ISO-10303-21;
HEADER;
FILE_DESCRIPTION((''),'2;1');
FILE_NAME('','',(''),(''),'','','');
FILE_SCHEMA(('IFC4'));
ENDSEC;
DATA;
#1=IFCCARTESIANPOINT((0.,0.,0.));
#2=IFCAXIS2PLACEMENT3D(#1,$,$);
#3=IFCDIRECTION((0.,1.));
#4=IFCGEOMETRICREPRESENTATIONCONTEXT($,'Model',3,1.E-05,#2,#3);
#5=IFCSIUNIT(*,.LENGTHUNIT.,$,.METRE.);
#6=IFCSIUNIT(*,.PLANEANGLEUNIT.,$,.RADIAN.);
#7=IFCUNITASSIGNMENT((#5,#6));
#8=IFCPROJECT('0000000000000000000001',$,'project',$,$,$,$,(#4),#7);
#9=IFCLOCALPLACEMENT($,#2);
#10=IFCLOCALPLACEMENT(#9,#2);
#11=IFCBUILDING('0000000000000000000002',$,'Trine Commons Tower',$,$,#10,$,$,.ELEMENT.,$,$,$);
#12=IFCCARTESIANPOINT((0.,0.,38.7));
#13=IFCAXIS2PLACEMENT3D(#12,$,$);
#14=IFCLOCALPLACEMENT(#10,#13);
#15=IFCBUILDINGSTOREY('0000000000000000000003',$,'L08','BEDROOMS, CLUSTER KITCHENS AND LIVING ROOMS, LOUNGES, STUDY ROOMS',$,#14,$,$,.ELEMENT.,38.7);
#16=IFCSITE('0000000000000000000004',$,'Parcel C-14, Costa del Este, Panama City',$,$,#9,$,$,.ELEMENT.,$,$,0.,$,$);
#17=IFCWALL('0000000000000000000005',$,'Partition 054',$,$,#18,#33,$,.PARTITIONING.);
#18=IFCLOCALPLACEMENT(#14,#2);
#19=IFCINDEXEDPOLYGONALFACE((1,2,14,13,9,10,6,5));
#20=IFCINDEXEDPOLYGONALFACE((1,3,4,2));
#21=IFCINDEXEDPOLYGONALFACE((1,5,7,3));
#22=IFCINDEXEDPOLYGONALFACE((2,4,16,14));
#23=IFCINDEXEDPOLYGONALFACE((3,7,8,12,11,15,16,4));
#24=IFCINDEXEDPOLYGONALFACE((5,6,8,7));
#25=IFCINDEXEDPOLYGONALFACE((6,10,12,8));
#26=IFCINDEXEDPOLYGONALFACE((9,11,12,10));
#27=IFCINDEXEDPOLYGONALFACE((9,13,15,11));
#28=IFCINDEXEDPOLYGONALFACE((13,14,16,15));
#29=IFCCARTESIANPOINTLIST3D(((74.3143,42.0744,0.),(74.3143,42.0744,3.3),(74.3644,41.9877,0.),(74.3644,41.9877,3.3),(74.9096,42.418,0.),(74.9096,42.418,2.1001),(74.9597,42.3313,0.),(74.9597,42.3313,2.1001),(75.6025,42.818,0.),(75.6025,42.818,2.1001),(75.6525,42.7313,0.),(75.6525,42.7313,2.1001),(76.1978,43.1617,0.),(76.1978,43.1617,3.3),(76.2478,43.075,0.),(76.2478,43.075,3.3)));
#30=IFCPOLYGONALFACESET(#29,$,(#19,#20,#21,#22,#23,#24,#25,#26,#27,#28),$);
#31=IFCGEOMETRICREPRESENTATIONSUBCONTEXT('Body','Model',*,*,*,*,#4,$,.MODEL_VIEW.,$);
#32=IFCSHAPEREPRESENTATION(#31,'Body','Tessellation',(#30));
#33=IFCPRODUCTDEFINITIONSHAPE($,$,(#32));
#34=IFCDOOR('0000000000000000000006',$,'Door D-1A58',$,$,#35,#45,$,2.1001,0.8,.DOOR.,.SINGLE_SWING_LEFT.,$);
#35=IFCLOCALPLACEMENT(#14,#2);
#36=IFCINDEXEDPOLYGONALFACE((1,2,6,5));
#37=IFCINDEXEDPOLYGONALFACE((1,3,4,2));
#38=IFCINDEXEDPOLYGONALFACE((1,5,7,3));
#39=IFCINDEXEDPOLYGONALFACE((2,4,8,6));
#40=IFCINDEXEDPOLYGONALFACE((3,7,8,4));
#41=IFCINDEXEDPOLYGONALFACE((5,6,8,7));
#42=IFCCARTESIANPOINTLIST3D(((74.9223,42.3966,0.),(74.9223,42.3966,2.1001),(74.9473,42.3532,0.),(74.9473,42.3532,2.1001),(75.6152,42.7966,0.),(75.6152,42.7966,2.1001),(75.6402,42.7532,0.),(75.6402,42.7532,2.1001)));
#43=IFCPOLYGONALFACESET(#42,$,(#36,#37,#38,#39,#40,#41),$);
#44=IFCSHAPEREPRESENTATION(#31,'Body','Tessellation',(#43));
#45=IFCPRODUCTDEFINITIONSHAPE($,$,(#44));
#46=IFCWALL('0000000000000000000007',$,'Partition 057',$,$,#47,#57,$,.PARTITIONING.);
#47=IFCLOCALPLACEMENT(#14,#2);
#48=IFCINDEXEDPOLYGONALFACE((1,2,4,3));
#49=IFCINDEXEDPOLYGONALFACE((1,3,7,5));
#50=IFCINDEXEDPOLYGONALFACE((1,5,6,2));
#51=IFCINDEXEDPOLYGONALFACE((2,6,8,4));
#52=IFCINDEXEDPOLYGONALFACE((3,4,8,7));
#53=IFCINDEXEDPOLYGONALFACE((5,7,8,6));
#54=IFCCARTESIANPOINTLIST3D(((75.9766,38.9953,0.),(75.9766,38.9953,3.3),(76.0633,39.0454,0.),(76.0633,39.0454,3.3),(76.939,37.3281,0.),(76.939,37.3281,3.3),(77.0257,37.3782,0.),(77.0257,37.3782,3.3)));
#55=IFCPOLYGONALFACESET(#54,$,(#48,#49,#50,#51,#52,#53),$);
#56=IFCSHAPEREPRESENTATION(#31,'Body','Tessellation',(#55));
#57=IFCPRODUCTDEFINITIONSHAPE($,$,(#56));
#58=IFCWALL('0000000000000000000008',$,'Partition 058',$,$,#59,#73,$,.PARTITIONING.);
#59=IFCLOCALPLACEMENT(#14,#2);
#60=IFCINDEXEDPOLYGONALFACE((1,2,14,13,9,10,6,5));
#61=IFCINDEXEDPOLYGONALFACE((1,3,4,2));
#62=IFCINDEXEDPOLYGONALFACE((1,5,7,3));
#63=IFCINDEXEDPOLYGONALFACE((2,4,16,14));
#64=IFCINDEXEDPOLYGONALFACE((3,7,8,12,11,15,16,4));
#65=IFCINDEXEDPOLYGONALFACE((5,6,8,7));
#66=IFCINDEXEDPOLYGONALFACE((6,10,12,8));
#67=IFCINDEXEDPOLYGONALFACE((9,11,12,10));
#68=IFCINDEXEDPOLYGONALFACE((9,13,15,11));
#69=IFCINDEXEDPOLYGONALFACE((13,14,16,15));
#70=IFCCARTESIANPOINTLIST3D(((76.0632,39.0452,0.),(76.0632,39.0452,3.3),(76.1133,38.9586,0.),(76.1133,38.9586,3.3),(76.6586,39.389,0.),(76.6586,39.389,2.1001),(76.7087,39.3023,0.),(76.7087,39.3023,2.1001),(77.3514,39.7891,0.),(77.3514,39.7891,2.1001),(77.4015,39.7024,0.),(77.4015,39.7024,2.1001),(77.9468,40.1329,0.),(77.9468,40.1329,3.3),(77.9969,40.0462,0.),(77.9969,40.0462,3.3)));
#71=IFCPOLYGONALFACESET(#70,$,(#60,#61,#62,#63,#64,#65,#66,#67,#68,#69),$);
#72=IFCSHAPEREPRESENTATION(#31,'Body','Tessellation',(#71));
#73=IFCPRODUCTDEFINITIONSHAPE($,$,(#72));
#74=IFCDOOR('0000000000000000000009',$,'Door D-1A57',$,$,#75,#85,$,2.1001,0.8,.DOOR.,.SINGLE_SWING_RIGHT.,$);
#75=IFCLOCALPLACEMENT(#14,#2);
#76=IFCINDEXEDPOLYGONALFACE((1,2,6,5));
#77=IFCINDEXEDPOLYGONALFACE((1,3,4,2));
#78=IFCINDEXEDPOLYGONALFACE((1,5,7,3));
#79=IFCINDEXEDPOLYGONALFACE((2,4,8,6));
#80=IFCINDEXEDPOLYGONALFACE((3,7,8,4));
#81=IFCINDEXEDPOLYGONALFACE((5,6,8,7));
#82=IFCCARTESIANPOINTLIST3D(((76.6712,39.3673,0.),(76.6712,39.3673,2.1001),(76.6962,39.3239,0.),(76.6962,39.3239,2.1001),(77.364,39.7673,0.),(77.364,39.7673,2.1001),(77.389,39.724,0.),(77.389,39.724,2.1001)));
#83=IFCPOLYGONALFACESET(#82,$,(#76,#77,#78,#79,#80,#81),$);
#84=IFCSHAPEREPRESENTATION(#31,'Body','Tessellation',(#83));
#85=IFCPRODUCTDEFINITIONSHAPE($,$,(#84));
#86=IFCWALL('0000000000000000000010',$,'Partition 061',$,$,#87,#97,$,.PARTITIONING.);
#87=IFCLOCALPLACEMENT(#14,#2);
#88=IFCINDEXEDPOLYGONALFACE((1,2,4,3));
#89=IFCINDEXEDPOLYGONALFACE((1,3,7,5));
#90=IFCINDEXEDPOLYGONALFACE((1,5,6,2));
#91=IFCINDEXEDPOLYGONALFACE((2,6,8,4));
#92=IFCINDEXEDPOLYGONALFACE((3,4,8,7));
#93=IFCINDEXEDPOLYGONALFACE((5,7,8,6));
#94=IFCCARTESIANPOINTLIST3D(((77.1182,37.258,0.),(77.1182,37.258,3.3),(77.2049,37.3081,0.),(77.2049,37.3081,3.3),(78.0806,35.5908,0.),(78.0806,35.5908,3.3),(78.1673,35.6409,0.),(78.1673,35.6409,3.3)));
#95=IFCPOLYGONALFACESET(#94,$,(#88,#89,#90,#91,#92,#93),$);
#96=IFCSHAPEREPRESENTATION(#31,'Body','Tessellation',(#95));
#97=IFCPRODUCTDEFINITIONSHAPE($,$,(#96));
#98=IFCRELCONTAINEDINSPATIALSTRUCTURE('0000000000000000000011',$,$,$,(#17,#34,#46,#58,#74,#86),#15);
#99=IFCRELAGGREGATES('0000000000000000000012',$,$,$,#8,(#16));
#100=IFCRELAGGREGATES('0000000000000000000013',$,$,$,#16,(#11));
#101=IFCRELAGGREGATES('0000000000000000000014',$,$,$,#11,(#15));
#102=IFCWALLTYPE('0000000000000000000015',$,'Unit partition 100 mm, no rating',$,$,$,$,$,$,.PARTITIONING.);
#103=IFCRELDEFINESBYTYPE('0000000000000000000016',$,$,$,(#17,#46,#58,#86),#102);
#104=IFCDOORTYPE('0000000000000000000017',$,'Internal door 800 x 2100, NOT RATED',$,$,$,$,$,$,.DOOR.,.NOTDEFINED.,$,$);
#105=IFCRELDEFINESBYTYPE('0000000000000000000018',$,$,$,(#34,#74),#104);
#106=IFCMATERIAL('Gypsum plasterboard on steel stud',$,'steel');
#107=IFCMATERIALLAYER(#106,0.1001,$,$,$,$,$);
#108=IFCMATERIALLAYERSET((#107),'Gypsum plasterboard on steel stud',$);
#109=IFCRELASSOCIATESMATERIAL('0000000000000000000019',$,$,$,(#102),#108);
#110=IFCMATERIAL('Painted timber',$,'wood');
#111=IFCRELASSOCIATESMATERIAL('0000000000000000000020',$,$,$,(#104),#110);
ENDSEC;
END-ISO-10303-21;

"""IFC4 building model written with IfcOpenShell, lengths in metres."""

from ifc_helpers import new_model, si_unit, direction, frame, frame_2d, origin, place, context, subcontext, project, spatial, rectangle, extrude, material, layer, layer_set, type_object, element, fill, save


model = new_model("IFC4")

# Units and contexts
model_context = context("Model", 3, precision=1e-05, world=origin(), true_north=direction((0.0, 1.0)))
body_context = subcontext(model_context, "Body", "Model", "MODEL_VIEW")
ifc_project = project(units=[si_unit("LENGTHUNIT", "METRE"), si_unit("PLANEANGLEUNIT", "RADIAN")], contexts=[model_context])

# Site, building, storey
site_placement = place(None, origin())
site = spatial("IfcSite", under=ifc_project, at=site_placement, Name="Parcel C-14, Costa del Este, Panama City", CompositionType="ELEMENT", RefElevation=0.0)
building_placement = place(site_placement, origin())
building = spatial("IfcBuilding", under=site, at=building_placement, Name="Trine Commons Tower", CompositionType="ELEMENT")
storey_placement = place(building_placement, frame((0.0, 0.0, 38.7)))
storey = spatial("IfcBuildingStorey", under=building, at=storey_placement, Name="L08", Description="BEDROOMS, CLUSTER KITCHENS AND LIVING ROOMS, LOUNGES, STUDY ROOMS", CompositionType="ELEMENT", Elevation=38.7)

# Shared definitions
ifc_material_1 = material(Name="Gypsum plasterboard on steel stud", Category="steel")

# Shared definitions
ifc_material_2 = material(Name="Painted timber", Category="wood")

# Wall, opening, door
ifc_layer_1 = layer(ifc_material_1, 0.1001)
ifc_layer_set_1 = layer_set([ifc_layer_1], Name="Gypsum plasterboard on steel stud")
wall_type_1 = type_object("IfcWallType", Name="Unit partition 100 mm, no rating", PredefinedType="PARTITIONING", material=ifc_layer_set_1)
door_type_1 = type_object("IfcDoorType", Name="Internal door 800 x 2100, NOT RATED", OperationType="NOTDEFINED", PredefinedType="DOOR", material=ifc_material_2)
wall_1_placement = place(storey_placement, frame((74.3394, 42.031, 0.0), z_axis=(0.0, 0.0, 1.0), x_axis=(0.866038, 0.499978, 0.0)))
wall_1 = element("IfcWall", 1, at=wall_1_placement, inside=storey, type_object=wall_type_1, Name="Partition 054", PredefinedType="PARTITIONING", context=body_context, shape_type="SweptSolid", body=[
    extrude(rectangle(XDim=2.1748, YDim=0.1001, at=frame_2d((1.0874, 0.0))), origin(), (0.0, 0.0, 1.0), 3.3),
])
opening_1_placement = place(wall_1_placement, frame((0.6875, 0.0, 0.0)))
opening_1 = element("IfcOpeningElement", 2, at=opening_1_placement, cuts=wall_1, PredefinedType="OPENING", context=body_context, shape_type="SweptSolid", body=[
    extrude(rectangle(XDim=0.8, YDim=2.1001, at=frame_2d((0.3999, 1.05))), frame((0.0, 0.0601, 0.0), z_axis=(0.0, -1.0, 0.0), x_axis=(1.0, 0.0, 0.0)), (0.0, 0.0, 1.0), 0.1201),
])
door_1_placement = place(opening_1_placement, frame((0.8, 0.0, 0.0), z_axis=(0.0, 0.0, 1.0), x_axis=(-1.0, 0.0, 0.0)))
door_1 = element("IfcDoor", 3, at=door_1_placement, inside=storey, type_object=door_type_1, Name="Door D-1A58", OperationType="SINGLE_SWING_LEFT", OverallHeight=2.1001, OverallWidth=0.8, PredefinedType="DOOR", context=body_context, shape_type="SweptSolid", body=[
    extrude(rectangle(XDim=0.8, YDim=2.1001, at=frame_2d((0.3999, 1.05))), frame((0.0, 0.0249, 0.0), z_axis=(0.0, -1.0, 0.0), x_axis=(1.0, 0.0, 0.0)), (0.0, 0.0, 1.0), 0.05),
])
fill(opening_1, door_1)

# Wall
wall_2_placement = place(storey_placement, frame((76.02, 39.0203, 0.0), z_axis=(0.0, 0.0, 1.0), x_axis=(0.499931, -0.866065, 0.0)))
element("IfcWall", 4, at=wall_2_placement, inside=storey, type_object=wall_type_1, Name="Partition 057", PredefinedType="PARTITIONING", context=body_context, shape_type="SweptSolid", body=[
    extrude(rectangle(XDim=1.925, YDim=0.1001, at=frame_2d((0.9624, 0.0))), origin(), (0.0, 0.0, 1.0), 3.3),
])

# Wall, opening, door
wall_3_placement = place(storey_placement, frame((76.0884, 39.002, 0.0), z_axis=(0.0, 0.0, 1.0), x_axis=(0.865989, 0.500063, 0.0)))
wall_3 = element("IfcWall", 5, at=wall_3_placement, inside=storey, type_object=wall_type_1, Name="Partition 058", PredefinedType="PARTITIONING", context=body_context, shape_type="SweptSolid", body=[
    extrude(rectangle(XDim=2.175, YDim=0.1001, at=frame_2d((1.0874, 0.0))), origin(), (0.0, 0.0, 1.0), 3.3),
])
opening_2_placement = place(wall_3_placement, frame((0.6875, 0.0, 0.0)))
opening_2 = element("IfcOpeningElement", 6, at=opening_2_placement, cuts=wall_3, PredefinedType="OPENING", context=body_context, shape_type="SweptSolid", body=[
    extrude(rectangle(XDim=0.8, YDim=2.1001, at=frame_2d((0.3999, 1.05))), frame((0.0, 0.0601, 0.0), z_axis=(0.0, -1.0, 0.0), x_axis=(1.0, 0.0, 0.0)), (0.0, 0.0, 1.0), 0.1201),
])
door_2_placement = place(opening_2_placement, origin())
door_2 = element("IfcDoor", 7, at=door_2_placement, inside=storey, type_object=door_type_1, Name="Door D-1A57", OperationType="SINGLE_SWING_RIGHT", OverallHeight=2.1001, OverallWidth=0.8, PredefinedType="DOOR", context=body_context, shape_type="SweptSolid", body=[
    extrude(rectangle(XDim=0.8, YDim=2.1001, at=frame_2d((0.3999, 1.05))), frame((0.0, 0.0249, 0.0), z_axis=(0.0, -1.0, 0.0), x_axis=(1.0, 0.0, 0.0)), (0.0, 0.0, 1.0), 0.05),
])
fill(opening_2, door_2)

# Wall
wall_4_placement = place(storey_placement, frame((77.1616, 37.283, 0.0), z_axis=(0.0, 0.0, 1.0), x_axis=(0.499931, -0.866065, 0.0)))
element("IfcWall", 8, at=wall_4_placement, inside=storey, type_object=wall_type_1, Name="Partition 061", PredefinedType="PARTITIONING", context=body_context, shape_type="SweptSolid", body=[
    extrude(rectangle(XDim=1.925, YDim=0.1001, at=frame_2d((0.9624, 0.0))), origin(), (0.0, 0.0, 1.0), 3.3),
])

save(model, "model.ifc")
